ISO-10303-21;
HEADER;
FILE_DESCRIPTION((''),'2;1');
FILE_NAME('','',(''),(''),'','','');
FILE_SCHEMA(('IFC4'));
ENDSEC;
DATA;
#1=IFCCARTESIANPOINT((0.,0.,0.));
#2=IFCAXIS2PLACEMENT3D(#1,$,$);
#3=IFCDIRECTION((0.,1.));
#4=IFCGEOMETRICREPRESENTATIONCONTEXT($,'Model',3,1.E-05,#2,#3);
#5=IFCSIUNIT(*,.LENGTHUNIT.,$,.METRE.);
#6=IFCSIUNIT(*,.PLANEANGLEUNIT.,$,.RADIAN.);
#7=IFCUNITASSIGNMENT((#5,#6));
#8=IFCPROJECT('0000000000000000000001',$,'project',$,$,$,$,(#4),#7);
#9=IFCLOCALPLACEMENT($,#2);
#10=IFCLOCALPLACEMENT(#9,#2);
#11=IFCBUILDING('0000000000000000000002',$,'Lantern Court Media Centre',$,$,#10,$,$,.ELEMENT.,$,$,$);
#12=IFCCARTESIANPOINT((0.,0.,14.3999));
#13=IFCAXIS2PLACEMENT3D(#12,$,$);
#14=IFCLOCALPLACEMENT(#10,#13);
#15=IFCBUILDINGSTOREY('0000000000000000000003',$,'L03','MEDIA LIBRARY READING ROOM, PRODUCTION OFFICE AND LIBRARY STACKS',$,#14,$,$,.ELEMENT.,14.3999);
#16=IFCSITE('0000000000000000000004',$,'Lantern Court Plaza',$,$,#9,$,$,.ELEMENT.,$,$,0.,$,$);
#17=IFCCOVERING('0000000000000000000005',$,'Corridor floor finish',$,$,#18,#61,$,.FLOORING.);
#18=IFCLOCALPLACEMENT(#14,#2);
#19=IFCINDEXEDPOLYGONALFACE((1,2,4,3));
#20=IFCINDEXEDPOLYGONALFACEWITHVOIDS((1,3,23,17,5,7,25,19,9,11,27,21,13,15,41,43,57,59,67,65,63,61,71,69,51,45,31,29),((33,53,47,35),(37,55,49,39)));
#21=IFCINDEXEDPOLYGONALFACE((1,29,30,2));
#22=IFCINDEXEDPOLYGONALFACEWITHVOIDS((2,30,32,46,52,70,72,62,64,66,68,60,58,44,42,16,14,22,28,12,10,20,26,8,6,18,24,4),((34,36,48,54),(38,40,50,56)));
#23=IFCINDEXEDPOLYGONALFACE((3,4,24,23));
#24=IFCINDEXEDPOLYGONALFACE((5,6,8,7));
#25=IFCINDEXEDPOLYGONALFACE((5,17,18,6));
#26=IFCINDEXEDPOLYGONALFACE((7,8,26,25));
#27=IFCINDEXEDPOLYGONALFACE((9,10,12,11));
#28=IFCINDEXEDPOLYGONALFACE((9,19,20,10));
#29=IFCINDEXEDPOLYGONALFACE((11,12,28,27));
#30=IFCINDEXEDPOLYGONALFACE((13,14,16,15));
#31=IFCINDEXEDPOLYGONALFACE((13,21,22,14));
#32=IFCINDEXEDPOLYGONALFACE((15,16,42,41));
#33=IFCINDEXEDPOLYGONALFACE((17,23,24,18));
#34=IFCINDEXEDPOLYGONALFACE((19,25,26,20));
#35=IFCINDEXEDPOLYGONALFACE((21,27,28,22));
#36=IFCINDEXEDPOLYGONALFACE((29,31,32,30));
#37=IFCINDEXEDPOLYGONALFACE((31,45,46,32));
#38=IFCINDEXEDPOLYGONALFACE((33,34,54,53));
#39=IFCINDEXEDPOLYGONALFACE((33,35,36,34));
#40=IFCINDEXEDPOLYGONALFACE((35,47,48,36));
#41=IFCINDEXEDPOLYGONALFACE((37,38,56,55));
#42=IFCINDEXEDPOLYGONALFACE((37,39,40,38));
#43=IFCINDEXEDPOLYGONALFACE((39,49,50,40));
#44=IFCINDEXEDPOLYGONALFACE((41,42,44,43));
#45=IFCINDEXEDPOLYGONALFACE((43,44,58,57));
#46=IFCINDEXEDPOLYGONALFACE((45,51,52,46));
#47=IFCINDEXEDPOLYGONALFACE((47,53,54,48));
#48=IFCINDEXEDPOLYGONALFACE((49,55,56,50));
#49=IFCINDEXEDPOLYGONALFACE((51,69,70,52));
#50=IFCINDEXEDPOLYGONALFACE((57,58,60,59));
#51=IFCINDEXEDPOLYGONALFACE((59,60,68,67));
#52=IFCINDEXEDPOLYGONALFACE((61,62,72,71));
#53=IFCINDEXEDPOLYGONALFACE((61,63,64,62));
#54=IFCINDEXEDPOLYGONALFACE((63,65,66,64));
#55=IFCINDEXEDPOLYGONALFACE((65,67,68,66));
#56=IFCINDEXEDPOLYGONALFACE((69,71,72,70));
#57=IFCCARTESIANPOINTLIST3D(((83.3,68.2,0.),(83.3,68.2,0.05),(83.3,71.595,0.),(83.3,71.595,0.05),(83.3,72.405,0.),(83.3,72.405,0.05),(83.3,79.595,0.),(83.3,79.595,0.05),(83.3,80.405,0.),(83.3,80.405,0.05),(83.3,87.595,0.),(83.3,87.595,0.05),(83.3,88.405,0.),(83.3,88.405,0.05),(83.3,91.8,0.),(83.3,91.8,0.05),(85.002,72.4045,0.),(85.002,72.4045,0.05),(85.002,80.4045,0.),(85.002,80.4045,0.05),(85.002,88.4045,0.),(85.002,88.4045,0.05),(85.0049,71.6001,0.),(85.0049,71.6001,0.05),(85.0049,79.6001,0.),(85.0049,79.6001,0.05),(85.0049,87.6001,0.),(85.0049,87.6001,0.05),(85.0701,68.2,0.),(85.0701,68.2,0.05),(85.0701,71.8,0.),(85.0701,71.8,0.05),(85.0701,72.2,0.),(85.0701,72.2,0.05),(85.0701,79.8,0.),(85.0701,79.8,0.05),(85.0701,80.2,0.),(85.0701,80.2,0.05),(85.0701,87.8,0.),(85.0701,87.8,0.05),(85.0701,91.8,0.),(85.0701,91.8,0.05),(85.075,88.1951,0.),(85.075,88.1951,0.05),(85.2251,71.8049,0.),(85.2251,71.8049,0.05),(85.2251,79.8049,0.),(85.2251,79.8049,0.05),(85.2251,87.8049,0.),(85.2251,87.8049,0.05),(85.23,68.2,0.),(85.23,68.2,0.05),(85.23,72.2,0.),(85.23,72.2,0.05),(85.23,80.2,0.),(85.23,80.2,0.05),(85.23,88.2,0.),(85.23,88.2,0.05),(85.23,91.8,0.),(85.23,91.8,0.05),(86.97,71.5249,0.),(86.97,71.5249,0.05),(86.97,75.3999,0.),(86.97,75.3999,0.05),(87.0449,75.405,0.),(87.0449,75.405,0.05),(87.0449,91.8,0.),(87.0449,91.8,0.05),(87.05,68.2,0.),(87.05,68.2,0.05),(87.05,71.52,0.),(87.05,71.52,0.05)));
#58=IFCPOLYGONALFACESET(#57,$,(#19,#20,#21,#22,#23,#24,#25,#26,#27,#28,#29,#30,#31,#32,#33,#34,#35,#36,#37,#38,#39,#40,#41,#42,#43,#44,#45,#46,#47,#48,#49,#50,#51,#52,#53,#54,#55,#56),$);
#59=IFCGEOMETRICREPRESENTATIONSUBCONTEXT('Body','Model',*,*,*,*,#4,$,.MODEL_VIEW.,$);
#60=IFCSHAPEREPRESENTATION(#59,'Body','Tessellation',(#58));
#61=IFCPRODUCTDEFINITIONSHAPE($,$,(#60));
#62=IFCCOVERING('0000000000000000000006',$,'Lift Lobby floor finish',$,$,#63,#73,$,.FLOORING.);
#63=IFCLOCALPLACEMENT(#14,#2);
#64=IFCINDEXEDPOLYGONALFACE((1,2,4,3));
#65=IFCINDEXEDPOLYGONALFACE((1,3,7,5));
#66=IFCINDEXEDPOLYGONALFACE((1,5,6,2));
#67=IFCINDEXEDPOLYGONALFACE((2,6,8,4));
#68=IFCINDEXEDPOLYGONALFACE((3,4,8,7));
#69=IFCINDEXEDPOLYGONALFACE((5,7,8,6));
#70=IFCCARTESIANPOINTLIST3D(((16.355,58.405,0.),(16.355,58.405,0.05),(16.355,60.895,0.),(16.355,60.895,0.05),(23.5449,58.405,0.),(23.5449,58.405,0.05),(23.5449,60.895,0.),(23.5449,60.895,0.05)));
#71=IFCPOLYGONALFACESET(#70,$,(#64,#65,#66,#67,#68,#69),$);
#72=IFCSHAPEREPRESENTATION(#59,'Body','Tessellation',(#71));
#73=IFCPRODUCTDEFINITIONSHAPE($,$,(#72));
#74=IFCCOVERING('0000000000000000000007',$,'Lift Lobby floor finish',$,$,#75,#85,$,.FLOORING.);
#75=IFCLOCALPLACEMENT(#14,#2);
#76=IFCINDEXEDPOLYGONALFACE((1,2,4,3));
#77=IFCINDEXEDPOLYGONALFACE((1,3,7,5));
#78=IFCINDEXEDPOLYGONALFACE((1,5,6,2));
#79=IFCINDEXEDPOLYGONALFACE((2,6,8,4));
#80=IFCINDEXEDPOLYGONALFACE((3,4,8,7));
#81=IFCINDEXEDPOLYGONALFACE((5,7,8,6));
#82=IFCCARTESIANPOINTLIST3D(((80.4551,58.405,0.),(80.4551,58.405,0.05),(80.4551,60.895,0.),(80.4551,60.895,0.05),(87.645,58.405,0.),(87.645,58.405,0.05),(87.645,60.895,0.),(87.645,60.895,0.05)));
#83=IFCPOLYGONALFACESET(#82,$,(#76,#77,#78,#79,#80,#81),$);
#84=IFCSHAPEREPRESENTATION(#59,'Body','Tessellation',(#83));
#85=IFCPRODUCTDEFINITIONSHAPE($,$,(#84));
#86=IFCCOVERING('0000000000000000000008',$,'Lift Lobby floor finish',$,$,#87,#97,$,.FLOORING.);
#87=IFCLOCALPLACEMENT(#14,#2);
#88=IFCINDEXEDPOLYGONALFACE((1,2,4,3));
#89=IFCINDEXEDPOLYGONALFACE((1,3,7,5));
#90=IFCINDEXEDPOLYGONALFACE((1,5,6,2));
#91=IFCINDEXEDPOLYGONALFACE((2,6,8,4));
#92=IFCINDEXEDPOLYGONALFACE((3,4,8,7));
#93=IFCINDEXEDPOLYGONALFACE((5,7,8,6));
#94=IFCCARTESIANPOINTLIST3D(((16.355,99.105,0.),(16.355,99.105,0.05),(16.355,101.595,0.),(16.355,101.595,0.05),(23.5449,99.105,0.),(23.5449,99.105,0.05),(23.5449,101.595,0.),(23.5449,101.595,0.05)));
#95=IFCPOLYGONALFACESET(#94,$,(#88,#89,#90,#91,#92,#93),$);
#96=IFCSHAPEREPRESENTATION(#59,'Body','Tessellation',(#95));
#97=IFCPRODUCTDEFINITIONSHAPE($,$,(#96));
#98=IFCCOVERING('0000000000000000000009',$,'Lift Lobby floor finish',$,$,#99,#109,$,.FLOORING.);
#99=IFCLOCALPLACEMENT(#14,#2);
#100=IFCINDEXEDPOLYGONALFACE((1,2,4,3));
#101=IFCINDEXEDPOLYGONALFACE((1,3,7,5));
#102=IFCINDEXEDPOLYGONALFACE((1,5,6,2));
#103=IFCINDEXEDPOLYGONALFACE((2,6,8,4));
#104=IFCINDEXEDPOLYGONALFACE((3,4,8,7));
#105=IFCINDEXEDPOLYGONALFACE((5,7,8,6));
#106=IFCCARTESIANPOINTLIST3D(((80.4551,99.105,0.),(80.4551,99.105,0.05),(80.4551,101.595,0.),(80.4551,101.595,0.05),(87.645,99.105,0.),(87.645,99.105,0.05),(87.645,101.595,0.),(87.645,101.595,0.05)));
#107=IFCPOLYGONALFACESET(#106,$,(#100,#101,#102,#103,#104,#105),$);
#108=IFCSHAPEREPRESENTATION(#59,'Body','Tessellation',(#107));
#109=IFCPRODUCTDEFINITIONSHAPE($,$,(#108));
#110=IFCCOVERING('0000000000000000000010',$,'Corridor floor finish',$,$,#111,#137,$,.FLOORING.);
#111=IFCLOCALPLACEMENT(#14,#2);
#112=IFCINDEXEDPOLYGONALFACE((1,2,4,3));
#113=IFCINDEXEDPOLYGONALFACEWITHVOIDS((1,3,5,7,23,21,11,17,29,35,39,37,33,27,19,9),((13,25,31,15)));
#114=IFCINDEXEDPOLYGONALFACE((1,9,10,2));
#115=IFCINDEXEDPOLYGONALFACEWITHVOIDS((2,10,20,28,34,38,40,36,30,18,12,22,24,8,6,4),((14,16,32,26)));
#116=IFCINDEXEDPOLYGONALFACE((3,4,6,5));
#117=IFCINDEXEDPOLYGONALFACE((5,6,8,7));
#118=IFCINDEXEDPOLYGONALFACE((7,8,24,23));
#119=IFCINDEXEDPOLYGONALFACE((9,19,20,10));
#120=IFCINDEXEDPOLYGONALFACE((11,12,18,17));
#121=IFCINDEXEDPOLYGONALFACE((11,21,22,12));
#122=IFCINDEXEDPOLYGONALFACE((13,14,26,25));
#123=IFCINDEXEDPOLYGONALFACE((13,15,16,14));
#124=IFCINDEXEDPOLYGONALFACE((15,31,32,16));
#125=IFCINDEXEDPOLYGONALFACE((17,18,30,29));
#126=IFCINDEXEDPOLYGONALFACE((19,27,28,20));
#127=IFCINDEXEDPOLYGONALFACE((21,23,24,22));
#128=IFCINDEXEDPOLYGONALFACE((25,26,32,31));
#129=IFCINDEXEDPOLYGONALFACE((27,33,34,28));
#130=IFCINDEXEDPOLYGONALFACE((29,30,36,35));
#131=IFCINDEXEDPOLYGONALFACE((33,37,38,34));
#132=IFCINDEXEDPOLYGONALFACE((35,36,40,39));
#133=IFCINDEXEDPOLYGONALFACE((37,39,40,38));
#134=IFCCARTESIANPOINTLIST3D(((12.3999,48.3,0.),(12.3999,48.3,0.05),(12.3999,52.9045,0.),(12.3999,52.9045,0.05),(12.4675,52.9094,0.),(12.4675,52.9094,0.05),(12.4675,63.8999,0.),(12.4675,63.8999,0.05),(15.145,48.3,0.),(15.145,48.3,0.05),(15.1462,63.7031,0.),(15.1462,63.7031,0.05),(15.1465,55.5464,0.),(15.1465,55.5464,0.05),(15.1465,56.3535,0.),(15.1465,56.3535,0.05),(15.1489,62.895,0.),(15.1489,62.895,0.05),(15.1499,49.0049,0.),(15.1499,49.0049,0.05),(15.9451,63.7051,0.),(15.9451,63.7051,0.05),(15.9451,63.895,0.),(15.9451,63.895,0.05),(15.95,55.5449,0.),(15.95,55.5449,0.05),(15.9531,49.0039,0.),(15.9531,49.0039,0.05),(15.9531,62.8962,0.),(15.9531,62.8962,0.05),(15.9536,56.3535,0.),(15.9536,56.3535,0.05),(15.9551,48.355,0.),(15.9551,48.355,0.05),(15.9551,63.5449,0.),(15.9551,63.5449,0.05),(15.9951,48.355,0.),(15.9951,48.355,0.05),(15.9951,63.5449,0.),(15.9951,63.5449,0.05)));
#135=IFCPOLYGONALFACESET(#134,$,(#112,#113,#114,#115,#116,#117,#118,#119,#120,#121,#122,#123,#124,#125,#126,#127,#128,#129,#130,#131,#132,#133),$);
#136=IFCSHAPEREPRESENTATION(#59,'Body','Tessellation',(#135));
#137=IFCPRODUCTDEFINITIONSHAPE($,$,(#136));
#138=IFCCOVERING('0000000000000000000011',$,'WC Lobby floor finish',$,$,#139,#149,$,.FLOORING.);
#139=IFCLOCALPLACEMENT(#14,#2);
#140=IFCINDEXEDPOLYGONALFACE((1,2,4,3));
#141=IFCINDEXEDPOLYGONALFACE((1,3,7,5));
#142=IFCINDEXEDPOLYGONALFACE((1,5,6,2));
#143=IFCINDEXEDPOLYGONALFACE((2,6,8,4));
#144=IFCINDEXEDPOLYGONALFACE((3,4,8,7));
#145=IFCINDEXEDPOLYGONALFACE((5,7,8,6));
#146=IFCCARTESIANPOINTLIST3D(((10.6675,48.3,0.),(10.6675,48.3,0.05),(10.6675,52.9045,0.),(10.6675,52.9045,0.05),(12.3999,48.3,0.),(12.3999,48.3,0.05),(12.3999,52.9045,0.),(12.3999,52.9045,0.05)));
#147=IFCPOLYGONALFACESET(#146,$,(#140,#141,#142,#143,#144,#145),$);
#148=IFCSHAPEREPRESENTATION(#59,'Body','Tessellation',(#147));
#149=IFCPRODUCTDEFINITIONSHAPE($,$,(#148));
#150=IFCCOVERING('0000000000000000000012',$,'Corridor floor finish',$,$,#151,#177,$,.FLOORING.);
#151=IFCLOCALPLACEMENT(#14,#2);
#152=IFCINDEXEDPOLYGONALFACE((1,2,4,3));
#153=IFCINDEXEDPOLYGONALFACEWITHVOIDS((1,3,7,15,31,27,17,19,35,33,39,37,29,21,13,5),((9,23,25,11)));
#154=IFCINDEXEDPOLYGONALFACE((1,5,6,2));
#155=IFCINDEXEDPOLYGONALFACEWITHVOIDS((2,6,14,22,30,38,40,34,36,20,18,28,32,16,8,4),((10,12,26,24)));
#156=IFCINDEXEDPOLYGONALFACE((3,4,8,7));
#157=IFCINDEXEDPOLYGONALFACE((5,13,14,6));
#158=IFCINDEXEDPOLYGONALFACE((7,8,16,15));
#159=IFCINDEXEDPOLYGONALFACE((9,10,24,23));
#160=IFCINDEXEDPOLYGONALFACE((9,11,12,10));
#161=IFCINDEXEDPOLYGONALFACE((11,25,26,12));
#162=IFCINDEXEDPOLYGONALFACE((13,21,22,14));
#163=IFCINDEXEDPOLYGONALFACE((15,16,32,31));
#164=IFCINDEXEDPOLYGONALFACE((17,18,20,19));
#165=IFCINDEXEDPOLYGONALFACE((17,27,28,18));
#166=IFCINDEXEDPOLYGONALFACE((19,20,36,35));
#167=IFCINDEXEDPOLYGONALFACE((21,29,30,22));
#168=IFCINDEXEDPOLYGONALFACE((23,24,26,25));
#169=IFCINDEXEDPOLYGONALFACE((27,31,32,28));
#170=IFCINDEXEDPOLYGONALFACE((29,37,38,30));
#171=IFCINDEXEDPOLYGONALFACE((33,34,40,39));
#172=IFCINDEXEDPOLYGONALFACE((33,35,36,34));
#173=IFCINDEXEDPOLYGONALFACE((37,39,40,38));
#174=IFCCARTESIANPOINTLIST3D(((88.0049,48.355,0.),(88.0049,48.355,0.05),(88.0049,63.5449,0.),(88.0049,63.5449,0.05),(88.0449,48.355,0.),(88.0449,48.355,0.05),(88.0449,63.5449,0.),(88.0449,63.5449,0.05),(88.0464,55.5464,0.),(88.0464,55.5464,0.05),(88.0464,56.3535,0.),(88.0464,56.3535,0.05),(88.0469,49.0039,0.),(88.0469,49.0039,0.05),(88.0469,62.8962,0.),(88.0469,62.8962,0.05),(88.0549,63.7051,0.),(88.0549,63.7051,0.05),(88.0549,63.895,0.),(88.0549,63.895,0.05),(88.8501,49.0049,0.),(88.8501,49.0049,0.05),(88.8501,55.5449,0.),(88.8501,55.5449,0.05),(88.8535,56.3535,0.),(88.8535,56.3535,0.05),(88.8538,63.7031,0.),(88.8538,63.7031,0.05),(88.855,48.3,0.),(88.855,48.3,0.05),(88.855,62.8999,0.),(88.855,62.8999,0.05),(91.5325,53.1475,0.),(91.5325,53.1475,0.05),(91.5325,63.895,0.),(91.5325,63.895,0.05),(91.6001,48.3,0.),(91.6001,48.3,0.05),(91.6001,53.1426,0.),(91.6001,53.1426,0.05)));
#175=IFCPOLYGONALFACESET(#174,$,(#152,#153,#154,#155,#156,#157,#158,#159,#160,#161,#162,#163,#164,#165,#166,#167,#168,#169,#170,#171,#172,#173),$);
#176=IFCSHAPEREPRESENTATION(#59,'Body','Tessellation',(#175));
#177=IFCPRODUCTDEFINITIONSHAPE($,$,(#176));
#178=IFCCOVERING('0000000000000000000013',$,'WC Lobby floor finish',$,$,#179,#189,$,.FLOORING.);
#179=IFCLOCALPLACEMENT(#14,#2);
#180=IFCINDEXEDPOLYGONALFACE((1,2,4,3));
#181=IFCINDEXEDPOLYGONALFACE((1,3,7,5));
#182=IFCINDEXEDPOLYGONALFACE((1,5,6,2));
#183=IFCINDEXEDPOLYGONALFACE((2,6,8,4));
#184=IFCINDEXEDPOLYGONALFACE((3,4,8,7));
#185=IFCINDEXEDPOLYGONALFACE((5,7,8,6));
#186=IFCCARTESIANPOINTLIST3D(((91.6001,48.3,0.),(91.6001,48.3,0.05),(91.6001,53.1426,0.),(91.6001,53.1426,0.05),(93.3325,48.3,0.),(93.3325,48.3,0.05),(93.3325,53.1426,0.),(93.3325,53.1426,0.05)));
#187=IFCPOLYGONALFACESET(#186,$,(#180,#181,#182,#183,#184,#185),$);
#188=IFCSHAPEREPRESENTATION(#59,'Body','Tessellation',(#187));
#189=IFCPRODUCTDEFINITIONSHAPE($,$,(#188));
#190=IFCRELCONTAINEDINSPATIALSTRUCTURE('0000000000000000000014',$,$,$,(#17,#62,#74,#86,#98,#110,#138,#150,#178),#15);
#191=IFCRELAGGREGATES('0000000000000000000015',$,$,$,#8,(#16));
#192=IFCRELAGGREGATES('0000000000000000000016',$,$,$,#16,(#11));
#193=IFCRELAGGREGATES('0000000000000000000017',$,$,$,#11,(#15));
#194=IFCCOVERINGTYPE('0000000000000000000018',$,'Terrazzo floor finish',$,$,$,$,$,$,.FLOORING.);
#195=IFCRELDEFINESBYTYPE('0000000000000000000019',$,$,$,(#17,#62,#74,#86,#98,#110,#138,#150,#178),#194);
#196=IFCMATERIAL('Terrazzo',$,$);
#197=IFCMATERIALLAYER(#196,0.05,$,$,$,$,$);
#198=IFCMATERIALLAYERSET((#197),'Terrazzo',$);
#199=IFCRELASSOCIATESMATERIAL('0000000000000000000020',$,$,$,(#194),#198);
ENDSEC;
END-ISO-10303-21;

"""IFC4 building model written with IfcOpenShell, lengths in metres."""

from ifc_helpers import new_model, si_unit, direction, frame, origin, place, context, subcontext, project, spatial, polyline, outline, extrude, material, layer, layer_set, type_object, element, save


model = new_model("IFC4")

# Units and contexts
model_context = context("Model", 3, precision=1e-05, world=origin(), true_north=direction((0.0, 1.0)))
body_context = subcontext(model_context, "Body", "Model", "MODEL_VIEW")
ifc_project = project(units=[si_unit("LENGTHUNIT", "METRE"), si_unit("PLANEANGLEUNIT", "RADIAN")], contexts=[model_context])

# Site, building, storey
site_placement = place(None, origin())
site = spatial("IfcSite", under=ifc_project, at=site_placement, Name="Lantern Court Plaza", CompositionType="ELEMENT", RefElevation=0.0)
building_placement = place(site_placement, origin())
building = spatial("IfcBuilding", under=site, at=building_placement, Name="Lantern Court Media Centre", CompositionType="ELEMENT")
storey_placement = place(building_placement, frame((0.0, 0.0, 14.3999)))
storey = spatial("IfcBuildingStorey", under=building, at=storey_placement, Name="L03", Description="MEDIA LIBRARY READING ROOM, PRODUCTION OFFICE AND LIBRARY STACKS", CompositionType="ELEMENT", Elevation=14.3999)

# Coverings
ifc_material_1 = material(Name="Terrazzo")
ifc_layer_1 = layer(ifc_material_1, 0.05)
ifc_layer_set_1 = layer_set([ifc_layer_1], Name="Terrazzo")
covering_type_1 = type_object("IfcCoveringType", Name="Terrazzo floor finish", PredefinedType="FLOORING", material=ifc_layer_set_1)
covering_1_placement = place(storey_placement, origin())
element("IfcCovering", 1, at=covering_1_placement, inside=storey, type_object=covering_type_1, Name="Corridor floor finish", PredefinedType="FLOORING", context=body_context, shape_type="SweptSolid", body=[
    extrude(outline(polyline([(87.05, 68.2), (85.23, 68.2), (85.2251, 71.8049), (85.0701, 71.8), (85.0701, 68.2), (83.3, 68.2), (83.3, 71.595), (85.0049, 71.6001), (85.002, 72.4045), (83.3, 72.405), (83.3, 79.595), (85.0049, 79.6001), (85.002, 80.4045), (83.3, 80.405), (83.3, 87.595), (85.0049, 87.6001), (85.002, 88.4045), (83.3, 88.405), (83.3, 91.8), (85.0701, 91.8), (85.075, 88.1951), (85.23, 88.2), (85.23, 91.8), (87.0449, 91.8), (87.0449, 75.405), (86.97, 75.3999), (86.97, 71.5249), (87.05, 71.52), (87.05, 68.2)]), holes=[polyline([(85.0701, 80.2), (85.23, 80.2), (85.2251, 87.8049), (85.0701, 87.8), (85.0701, 80.2)]), polyline([(85.0701, 72.2), (85.23, 72.2), (85.2251, 79.8049), (85.0701, 79.8), (85.0701, 72.2)])]), origin(), (0.0, 0.0, 1.0), 0.05),
])
covering_2_placement = place(storey_placement, origin())
element("IfcCovering", 2, at=covering_2_placement, inside=storey, type_object=covering_type_1, Name="Lift Lobby floor finish", PredefinedType="FLOORING", context=body_context, shape_type="SweptSolid", body=[
    extrude(outline(polyline([(16.355, 60.895), (23.5449, 60.895), (23.5449, 58.405), (16.355, 58.405), (16.355, 60.895)])), origin(), (0.0, 0.0, 1.0), 0.05),
])
covering_3_placement = place(storey_placement, origin())
element("IfcCovering", 3, at=covering_3_placement, inside=storey, type_object=covering_type_1, Name="Lift Lobby floor finish", PredefinedType="FLOORING", context=body_context, shape_type="SweptSolid", body=[
    extrude(outline(polyline([(87.645, 60.895), (87.645, 58.405), (80.4551, 58.405), (80.4551, 60.895), (87.645, 60.895)])), origin(), (0.0, 0.0, 1.0), 0.05),
])
covering_4_placement = place(storey_placement, origin())
element("IfcCovering", 4, at=covering_4_placement, inside=storey, type_object=covering_type_1, Name="Lift Lobby floor finish", PredefinedType="FLOORING", context=body_context, shape_type="SweptSolid", body=[
    extrude(outline(polyline([(16.355, 99.105), (16.355, 101.595), (23.5449, 101.595), (23.5449, 99.105), (16.355, 99.105)])), origin(), (0.0, 0.0, 1.0), 0.05),
])
covering_5_placement = place(storey_placement, origin())
element("IfcCovering", 5, at=covering_5_placement, inside=storey, type_object=covering_type_1, Name="Lift Lobby floor finish", PredefinedType="FLOORING", context=body_context, shape_type="SweptSolid", body=[
    extrude(outline(polyline([(80.4551, 99.105), (80.4551, 101.595), (87.645, 101.595), (87.645, 99.105), (80.4551, 99.105)])), origin(), (0.0, 0.0, 1.0), 0.05),
])
covering_6_placement = place(storey_placement, origin())
element("IfcCovering", 6, at=covering_6_placement, inside=storey, type_object=covering_type_1, Name="Corridor floor finish", PredefinedType="FLOORING", context=body_context, shape_type="SweptSolid", body=[
    extrude(outline(polyline([(12.4675, 63.8999), (15.9451, 63.895), (15.9451, 63.7051), (15.1462, 63.7031), (15.1489, 62.895), (15.9531, 62.8962), (15.9551, 63.5449), (15.9951, 63.5449), (15.9951, 48.355), (15.9551, 48.355), (15.9531, 49.0039), (15.1499, 49.0049), (15.145, 48.3), (12.3999, 48.3), (12.3999, 52.9045), (12.4675, 52.9094), (12.4675, 63.8999)]), holes=[polyline([(15.95, 55.5449), (15.9536, 56.3535), (15.1465, 56.3535), (15.1465, 55.5464), (15.95, 55.5449)])]), origin(), (0.0, 0.0, 1.0), 0.05),
])
covering_7_placement = place(storey_placement, origin())
element("IfcCovering", 7, at=covering_7_placement, inside=storey, type_object=covering_type_1, Name="WC Lobby floor finish", PredefinedType="FLOORING", context=body_context, shape_type="SweptSolid", body=[
    extrude(outline(polyline([(12.3999, 48.3), (10.6675, 48.3), (10.6675, 52.9045), (12.3999, 52.9045), (12.3999, 48.3)])), origin(), (0.0, 0.0, 1.0), 0.05),
])
covering_8_placement = place(storey_placement, origin())
element("IfcCovering", 8, at=covering_8_placement, inside=storey, type_object=covering_type_1, Name="Corridor floor finish", PredefinedType="FLOORING", context=body_context, shape_type="SweptSolid", body=[
    extrude(outline(polyline([(91.6001, 48.3), (88.855, 48.3), (88.8501, 49.0049), (88.0469, 49.0039), (88.0449, 48.355), (88.0049, 48.355), (88.0049, 63.5449), (88.0449, 63.5449), (88.0469, 62.8962), (88.855, 62.8999), (88.8538, 63.7031), (88.0549, 63.7051), (88.0549, 63.895), (91.5325, 63.895), (91.5325, 53.1475), (91.6001, 53.1426), (91.6001, 48.3)]), holes=[polyline([(88.8501, 55.5449), (88.8535, 56.3535), (88.0464, 56.3535), (88.0464, 55.5464), (88.8501, 55.5449)])]), origin(), (0.0, 0.0, 1.0), 0.05),
])
covering_9_placement = place(storey_placement, origin())
element("IfcCovering", 9, at=covering_9_placement, inside=storey, type_object=covering_type_1, Name="WC Lobby floor finish", PredefinedType="FLOORING", context=body_context, shape_type="SweptSolid", body=[
    extrude(outline(polyline([(91.6001, 48.3), (91.6001, 53.1426), (93.3325, 53.1426), (93.3325, 48.3), (91.6001, 48.3)])), origin(), (0.0, 0.0, 1.0), 0.05),
])

save(model, "model.ifc")
